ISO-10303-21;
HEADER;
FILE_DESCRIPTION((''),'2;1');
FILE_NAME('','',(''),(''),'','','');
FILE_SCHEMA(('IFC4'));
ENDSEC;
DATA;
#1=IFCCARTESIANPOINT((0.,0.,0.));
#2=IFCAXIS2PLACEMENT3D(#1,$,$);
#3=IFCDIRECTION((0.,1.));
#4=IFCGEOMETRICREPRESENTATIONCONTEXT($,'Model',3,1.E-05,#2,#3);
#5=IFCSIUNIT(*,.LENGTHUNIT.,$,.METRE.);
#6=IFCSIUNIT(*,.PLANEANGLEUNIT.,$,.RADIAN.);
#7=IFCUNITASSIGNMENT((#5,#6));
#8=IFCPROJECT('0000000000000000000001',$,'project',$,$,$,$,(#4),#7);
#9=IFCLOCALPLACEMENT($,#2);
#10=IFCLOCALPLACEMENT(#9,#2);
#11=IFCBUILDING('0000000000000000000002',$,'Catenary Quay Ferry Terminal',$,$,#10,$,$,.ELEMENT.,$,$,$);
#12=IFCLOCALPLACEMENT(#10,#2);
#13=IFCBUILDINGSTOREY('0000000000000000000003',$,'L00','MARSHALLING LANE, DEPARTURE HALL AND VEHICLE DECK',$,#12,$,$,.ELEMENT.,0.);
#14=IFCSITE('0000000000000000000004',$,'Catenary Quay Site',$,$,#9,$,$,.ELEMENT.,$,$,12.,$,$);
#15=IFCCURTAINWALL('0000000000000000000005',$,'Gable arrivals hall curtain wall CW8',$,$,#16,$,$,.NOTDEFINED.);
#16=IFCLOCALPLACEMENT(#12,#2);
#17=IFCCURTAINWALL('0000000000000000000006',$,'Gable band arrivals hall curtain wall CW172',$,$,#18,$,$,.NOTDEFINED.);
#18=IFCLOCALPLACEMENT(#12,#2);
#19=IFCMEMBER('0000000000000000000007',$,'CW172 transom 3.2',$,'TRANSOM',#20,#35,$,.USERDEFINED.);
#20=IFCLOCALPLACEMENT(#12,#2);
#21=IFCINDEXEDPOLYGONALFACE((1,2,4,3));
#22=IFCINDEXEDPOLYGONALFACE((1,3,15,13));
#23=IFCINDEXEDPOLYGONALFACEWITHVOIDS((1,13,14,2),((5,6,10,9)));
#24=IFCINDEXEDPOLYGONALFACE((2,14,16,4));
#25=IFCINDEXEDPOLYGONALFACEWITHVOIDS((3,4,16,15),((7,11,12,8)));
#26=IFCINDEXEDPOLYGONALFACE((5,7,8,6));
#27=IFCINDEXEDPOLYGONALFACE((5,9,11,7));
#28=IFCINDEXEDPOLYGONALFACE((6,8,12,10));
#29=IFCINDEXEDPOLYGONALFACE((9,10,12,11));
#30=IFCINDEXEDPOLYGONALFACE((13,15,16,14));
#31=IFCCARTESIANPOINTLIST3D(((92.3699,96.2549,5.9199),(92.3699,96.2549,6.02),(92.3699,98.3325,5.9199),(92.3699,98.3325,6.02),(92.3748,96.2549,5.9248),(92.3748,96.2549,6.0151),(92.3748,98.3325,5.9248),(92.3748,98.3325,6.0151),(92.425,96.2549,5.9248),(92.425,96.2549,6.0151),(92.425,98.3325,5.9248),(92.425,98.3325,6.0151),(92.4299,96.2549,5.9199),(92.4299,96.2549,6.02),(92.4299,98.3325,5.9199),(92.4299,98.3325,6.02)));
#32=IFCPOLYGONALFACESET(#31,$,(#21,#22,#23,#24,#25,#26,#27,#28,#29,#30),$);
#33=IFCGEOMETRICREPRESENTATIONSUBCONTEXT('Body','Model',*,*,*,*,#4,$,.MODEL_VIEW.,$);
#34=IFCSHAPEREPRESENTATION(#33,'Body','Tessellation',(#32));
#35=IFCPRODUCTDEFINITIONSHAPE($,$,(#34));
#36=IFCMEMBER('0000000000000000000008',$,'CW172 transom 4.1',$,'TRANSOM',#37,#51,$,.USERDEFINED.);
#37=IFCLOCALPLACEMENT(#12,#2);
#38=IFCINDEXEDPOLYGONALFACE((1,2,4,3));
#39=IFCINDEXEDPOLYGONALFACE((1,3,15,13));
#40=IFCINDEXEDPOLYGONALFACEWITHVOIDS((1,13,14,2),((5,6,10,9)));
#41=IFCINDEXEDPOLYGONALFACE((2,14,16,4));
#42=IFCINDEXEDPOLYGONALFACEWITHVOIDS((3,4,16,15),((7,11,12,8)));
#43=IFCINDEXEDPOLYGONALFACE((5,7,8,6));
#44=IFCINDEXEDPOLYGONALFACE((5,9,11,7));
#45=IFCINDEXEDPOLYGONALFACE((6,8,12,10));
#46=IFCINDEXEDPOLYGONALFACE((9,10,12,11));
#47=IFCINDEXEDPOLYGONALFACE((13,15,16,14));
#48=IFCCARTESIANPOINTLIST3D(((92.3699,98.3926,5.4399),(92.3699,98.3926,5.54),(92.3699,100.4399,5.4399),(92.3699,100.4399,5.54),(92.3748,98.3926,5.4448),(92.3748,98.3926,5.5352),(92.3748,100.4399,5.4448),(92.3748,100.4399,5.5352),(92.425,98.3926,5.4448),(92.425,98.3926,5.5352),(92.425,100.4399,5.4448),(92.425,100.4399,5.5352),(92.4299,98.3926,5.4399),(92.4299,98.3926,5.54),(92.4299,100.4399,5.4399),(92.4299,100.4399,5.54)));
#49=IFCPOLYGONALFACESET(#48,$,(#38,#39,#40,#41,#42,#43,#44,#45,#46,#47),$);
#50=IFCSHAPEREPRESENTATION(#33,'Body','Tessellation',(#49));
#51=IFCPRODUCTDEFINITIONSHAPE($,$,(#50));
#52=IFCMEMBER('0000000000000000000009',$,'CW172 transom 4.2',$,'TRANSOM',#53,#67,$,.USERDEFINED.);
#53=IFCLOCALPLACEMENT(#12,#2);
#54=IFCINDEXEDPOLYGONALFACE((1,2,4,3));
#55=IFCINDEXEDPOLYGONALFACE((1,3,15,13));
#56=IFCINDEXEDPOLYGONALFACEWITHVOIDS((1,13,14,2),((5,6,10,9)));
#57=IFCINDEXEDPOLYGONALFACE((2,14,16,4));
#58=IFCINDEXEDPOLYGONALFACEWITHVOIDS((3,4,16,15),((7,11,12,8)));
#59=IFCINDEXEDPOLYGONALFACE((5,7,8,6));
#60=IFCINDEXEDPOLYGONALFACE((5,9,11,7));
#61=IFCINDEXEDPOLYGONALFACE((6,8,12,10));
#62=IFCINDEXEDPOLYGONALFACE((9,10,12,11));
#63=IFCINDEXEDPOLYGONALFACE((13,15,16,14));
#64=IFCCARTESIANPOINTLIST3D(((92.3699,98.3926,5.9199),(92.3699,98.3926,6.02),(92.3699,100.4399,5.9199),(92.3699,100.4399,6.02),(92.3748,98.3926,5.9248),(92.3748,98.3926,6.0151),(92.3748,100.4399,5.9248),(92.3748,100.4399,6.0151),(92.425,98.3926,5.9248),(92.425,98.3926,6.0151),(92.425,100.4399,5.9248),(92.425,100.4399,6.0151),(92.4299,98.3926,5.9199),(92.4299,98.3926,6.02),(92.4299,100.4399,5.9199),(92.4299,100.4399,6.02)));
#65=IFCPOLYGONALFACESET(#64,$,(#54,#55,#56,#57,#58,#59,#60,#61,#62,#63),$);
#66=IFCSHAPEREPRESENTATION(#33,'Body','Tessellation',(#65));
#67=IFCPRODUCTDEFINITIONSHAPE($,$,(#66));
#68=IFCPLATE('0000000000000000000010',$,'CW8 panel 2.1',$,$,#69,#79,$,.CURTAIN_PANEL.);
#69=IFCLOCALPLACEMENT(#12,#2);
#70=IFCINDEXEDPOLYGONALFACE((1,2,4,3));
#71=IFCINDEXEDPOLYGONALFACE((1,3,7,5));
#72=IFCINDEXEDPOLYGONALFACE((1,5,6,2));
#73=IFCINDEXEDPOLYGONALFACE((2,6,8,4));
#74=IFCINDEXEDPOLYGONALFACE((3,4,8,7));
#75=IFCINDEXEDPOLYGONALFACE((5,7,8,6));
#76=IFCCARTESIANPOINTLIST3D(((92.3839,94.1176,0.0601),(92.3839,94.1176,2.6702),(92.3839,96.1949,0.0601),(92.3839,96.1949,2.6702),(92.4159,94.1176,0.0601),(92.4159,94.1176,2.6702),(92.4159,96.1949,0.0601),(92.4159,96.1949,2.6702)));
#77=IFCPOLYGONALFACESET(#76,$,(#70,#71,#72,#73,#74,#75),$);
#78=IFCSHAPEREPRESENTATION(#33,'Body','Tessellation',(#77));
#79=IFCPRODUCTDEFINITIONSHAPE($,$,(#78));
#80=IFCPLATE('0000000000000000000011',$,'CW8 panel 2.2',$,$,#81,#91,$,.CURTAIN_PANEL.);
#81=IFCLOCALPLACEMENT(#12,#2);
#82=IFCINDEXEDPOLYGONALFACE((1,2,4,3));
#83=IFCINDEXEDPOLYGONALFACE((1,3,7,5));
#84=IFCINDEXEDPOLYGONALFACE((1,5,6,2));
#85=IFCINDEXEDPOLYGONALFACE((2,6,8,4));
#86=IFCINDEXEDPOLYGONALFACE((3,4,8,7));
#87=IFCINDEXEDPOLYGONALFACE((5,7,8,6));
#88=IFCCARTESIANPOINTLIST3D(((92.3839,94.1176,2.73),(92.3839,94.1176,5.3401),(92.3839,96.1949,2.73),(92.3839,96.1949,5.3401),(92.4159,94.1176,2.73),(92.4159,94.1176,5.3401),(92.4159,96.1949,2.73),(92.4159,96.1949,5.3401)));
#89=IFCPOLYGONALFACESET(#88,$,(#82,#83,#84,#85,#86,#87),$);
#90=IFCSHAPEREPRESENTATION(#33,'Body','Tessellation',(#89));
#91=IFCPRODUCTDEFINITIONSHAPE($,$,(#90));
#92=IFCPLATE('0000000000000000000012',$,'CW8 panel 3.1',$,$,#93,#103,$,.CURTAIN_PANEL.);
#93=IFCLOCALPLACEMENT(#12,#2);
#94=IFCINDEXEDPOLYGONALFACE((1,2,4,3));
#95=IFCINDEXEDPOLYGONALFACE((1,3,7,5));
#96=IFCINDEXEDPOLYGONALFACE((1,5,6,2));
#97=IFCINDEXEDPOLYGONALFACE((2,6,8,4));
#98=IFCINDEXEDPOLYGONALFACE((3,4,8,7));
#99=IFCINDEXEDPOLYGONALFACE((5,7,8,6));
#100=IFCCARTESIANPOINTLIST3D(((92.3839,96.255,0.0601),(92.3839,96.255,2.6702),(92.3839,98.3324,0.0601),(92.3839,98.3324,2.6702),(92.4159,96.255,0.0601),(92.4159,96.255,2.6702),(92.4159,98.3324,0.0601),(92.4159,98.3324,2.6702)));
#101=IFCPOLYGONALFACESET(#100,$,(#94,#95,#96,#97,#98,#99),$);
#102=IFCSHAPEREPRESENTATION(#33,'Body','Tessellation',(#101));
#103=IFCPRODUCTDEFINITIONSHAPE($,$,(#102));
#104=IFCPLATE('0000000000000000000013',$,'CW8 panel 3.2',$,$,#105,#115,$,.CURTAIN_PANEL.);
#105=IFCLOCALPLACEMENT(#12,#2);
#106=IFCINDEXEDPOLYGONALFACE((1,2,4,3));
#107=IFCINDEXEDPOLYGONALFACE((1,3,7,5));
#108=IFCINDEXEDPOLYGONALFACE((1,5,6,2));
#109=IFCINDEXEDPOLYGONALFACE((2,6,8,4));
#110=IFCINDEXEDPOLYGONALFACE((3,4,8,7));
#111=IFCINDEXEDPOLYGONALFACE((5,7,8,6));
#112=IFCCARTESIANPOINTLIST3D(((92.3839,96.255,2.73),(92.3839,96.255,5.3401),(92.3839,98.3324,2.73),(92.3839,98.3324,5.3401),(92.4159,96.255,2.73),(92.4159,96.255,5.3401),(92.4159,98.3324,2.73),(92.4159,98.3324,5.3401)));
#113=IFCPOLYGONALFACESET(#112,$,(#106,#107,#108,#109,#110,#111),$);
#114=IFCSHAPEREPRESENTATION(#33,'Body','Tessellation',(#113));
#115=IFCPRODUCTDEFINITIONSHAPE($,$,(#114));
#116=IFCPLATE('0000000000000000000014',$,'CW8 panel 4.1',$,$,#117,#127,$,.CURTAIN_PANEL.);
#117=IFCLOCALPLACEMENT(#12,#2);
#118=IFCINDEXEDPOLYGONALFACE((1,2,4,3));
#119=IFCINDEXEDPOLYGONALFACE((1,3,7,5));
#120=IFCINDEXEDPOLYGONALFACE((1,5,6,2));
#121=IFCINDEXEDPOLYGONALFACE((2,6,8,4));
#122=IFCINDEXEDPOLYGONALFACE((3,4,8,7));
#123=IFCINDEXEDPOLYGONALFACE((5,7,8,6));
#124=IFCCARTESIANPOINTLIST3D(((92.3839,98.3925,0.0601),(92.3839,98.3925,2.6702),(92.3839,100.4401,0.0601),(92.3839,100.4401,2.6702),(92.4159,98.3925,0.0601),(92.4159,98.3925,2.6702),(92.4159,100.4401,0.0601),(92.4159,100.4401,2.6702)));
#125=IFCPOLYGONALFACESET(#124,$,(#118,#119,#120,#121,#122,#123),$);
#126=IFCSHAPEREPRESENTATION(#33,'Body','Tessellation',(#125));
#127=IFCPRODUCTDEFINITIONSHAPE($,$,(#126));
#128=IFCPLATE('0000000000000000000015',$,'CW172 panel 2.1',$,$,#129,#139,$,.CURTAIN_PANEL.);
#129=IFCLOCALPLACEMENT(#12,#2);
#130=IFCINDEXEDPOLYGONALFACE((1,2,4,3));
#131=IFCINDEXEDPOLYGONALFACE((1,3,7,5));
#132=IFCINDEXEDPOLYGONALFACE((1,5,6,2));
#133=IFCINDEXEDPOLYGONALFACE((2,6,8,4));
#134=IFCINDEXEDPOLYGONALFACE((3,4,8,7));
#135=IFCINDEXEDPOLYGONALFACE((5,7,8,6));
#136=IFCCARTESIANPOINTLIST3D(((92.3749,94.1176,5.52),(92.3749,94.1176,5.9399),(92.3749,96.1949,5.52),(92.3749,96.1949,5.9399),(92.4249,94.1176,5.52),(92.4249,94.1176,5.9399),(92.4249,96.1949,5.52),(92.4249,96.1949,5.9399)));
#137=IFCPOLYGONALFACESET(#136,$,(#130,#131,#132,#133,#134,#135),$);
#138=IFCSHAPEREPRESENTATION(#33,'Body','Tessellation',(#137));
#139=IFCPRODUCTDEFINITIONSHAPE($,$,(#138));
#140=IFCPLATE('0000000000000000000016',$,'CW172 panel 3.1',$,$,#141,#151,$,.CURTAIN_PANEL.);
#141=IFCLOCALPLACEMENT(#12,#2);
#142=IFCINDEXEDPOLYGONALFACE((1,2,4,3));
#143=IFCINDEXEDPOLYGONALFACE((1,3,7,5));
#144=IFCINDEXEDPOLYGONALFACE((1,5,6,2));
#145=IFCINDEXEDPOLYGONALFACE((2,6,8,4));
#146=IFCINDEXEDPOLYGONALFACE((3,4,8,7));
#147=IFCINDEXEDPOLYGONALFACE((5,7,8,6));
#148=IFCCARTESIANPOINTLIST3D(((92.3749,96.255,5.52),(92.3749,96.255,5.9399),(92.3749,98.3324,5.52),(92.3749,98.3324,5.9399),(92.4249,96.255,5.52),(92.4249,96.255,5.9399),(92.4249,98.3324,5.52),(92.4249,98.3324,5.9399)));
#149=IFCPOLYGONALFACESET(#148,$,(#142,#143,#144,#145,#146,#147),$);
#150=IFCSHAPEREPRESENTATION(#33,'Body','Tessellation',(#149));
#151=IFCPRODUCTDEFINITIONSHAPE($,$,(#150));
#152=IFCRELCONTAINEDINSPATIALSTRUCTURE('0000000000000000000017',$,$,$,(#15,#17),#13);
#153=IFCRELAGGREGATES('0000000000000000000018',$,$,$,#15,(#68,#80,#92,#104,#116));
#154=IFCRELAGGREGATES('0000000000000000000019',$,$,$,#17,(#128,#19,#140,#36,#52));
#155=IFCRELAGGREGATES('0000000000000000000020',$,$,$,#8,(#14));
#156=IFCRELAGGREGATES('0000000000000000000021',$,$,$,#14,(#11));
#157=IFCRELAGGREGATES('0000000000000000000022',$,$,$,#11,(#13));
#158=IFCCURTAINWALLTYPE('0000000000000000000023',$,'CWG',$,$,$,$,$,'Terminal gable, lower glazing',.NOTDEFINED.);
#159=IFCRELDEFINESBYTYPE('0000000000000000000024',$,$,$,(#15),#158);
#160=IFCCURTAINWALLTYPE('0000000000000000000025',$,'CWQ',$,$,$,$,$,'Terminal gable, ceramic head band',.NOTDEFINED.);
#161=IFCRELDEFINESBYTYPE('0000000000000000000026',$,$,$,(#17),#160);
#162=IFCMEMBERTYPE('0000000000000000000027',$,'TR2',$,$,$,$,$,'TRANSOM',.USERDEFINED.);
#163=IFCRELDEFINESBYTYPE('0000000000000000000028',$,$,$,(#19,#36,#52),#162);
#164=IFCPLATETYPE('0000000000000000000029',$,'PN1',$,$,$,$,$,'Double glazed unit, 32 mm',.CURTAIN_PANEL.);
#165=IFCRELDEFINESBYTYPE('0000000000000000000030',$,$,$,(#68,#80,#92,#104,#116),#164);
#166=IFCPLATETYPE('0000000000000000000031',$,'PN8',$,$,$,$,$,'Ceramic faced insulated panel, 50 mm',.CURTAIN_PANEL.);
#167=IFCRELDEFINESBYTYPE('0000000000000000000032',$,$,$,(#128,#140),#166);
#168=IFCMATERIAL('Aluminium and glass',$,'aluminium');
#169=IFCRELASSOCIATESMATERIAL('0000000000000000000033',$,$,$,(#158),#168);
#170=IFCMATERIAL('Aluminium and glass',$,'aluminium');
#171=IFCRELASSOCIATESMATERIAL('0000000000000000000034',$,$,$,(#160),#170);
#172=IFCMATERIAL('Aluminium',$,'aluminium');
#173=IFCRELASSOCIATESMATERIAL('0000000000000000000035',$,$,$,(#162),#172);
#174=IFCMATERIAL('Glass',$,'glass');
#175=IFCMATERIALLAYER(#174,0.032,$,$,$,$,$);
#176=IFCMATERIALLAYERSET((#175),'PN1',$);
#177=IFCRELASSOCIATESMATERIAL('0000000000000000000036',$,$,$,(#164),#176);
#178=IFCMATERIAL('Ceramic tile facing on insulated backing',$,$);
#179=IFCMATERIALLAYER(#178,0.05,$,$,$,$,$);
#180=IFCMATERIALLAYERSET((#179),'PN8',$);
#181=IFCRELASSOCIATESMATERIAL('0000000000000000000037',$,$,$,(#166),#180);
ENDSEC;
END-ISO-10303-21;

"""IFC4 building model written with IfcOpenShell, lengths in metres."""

from ifc_helpers import new_model, si_unit, direction, frame, origin, origin_2d, place, context, subcontext, project, spatial, rectangle, hollow_rectangle, extrude, material, layer, layer_set, material_profile, profile_set, type_object, element, aggregate, save


model = new_model("IFC4")

# Units and contexts
model_context = context("Model", 3, precision=1e-05, world=origin(), true_north=direction((0.0, 1.0)))
body_context = subcontext(model_context, "Body", "Model", "MODEL_VIEW")
ifc_project = project(units=[si_unit("LENGTHUNIT", "METRE"), si_unit("PLANEANGLEUNIT", "RADIAN")], contexts=[model_context])

# Site, building, storey
site_placement = place(None, origin())
site = spatial("IfcSite", under=ifc_project, at=site_placement, Name="Catenary Quay Site", CompositionType="ELEMENT", RefElevation=12.0)
building_placement = place(site_placement, origin())
building = spatial("IfcBuilding", under=site, at=building_placement, Name="Catenary Quay Ferry Terminal", CompositionType="ELEMENT")
storey_placement = place(building_placement, origin())
storey = spatial("IfcBuildingStorey", under=building, at=storey_placement, Name="L00", Description="MARSHALLING LANE, DEPARTURE HALL AND VEHICLE DECK", CompositionType="ELEMENT", Elevation=0.0)

# Curtain walls
ifc_material_1 = material(Name="Aluminium and glass", Category="aluminium")
curtain_wall_type_1 = type_object("IfcCurtainWallType", Name="CWG", ElementType="Terminal gable, lower glazing", PredefinedType="NOTDEFINED", material=ifc_material_1)
curtain_wall_1_placement = place(storey_placement, origin())
curtain_wall_1 = element("IfcCurtainWall", 1, at=curtain_wall_1_placement, inside=storey, type_object=curtain_wall_type_1, Name="Gable arrivals hall curtain wall CW8", PredefinedType="NOTDEFINED")
ifc_material_2 = material(Name="Aluminium and glass", Category="aluminium")
curtain_wall_type_2 = type_object("IfcCurtainWallType", Name="CWQ", ElementType="Terminal gable, ceramic head band", PredefinedType="NOTDEFINED", material=ifc_material_2)
curtain_wall_2_placement = place(storey_placement, origin())
curtain_wall_2 = element("IfcCurtainWall", 2, at=curtain_wall_2_placement, inside=storey, type_object=curtain_wall_type_2, Name="Gable band arrivals hall curtain wall CW172", PredefinedType="NOTDEFINED")

# Members
ifc_material_3 = material(Name="Aluminium", Category="aluminium")
ifc_material_profile_1 = material_profile(ifc_material_3, hollow_rectangle(XDim=0.0601, YDim=0.1001, WallThickness=0.0049, at=origin_2d()), Name="TR2")
ifc_profile_set_1 = profile_set([ifc_material_profile_1], Name="Aluminium")
member_type_1 = type_object("IfcMemberType", Name="TR2", ElementType="TRANSOM", PredefinedType="USERDEFINED", material=ifc_profile_set_1)
member_1_placement = place(storey_placement, frame((92.3999, 96.2549, 5.97), z_axis=(0.0, 1.0, 0.0), x_axis=(-1.0, 0.0, 0.0)))
member_1 = element("IfcMember", 3, at=member_1_placement, type_object=member_type_1, Name="CW172 transom 3.2", ObjectType="TRANSOM", PredefinedType="USERDEFINED", context=body_context, shape_type="SweptSolid", body=[
    extrude(hollow_rectangle(XDim=0.0601, YDim=0.1001, WallThickness=0.0049, at=origin_2d()), origin(), (0.0, 0.0, 1.0), 2.0776),
])
member_2_placement = place(storey_placement, frame((92.3999, 98.3926, 5.49), z_axis=(0.0, 1.0, 0.0), x_axis=(-1.0, 0.0, 0.0)))
member_2 = element("IfcMember", 4, at=member_2_placement, type_object=member_type_1, Name="CW172 transom 4.1", ObjectType="TRANSOM", PredefinedType="USERDEFINED", context=body_context, shape_type="SweptSolid", body=[
    extrude(hollow_rectangle(XDim=0.0601, YDim=0.1001, WallThickness=0.0049, at=origin_2d()), origin(), (0.0, 0.0, 1.0), 2.0474),
])
member_3_placement = place(storey_placement, frame((92.3999, 98.3926, 5.97), z_axis=(0.0, 1.0, 0.0), x_axis=(-1.0, 0.0, 0.0)))
member_3 = element("IfcMember", 5, at=member_3_placement, type_object=member_type_1, Name="CW172 transom 4.2", ObjectType="TRANSOM", PredefinedType="USERDEFINED", context=body_context, shape_type="SweptSolid", body=[
    extrude(hollow_rectangle(XDim=0.0601, YDim=0.1001, WallThickness=0.0049, at=origin_2d()), origin(), (0.0, 0.0, 1.0), 2.0474),
])

# Plates
ifc_material_4 = material(Name="Glass", Category="glass")
ifc_layer_1 = layer(ifc_material_4, 0.032)
ifc_layer_set_1 = layer_set([ifc_layer_1], Name="PN1")
plate_type_1 = type_object("IfcPlateType", Name="PN1", ElementType="Double glazed unit, 32 mm", PredefinedType="CURTAIN_PANEL", material=ifc_layer_set_1)
plate_1_placement = place(storey_placement, frame((92.3999, 95.1562, 0.0601), z_axis=(0.0, 0.0, 1.0), x_axis=(0.0, 1.0, 0.0)))
plate_1 = element("IfcPlate", 6, at=plate_1_placement, type_object=plate_type_1, Name="CW8 panel 2.1", PredefinedType="CURTAIN_PANEL", context=body_context, shape_type="SweptSolid", body=[
    extrude(rectangle(XDim=2.0774, YDim=0.032, at=origin_2d()), origin(), (0.0, 0.0, 1.0), 2.6101),
])
plate_2_placement = place(storey_placement, frame((92.3999, 95.1562, 2.73), z_axis=(0.0, 0.0, 1.0), x_axis=(0.0, 1.0, 0.0)))
plate_2 = element("IfcPlate", 7, at=plate_2_placement, type_object=plate_type_1, Name="CW8 panel 2.2", PredefinedType="CURTAIN_PANEL", context=body_context, shape_type="SweptSolid", body=[
    extrude(rectangle(XDim=2.0774, YDim=0.032, at=origin_2d()), origin(), (0.0, 0.0, 1.0), 2.6101),
])
plate_3_placement = place(storey_placement, frame((92.3999, 97.2937, 0.0601), z_axis=(0.0, 0.0, 1.0), x_axis=(0.0, 1.0, 0.0)))
plate_3 = element("IfcPlate", 8, at=plate_3_placement, type_object=plate_type_1, Name="CW8 panel 3.1", PredefinedType="CURTAIN_PANEL", context=body_context, shape_type="SweptSolid", body=[
    extrude(rectangle(XDim=2.0774, YDim=0.032, at=origin_2d()), origin(), (0.0, 0.0, 1.0), 2.6101),
])
plate_4_placement = place(storey_placement, frame((92.3999, 97.2937, 2.73), z_axis=(0.0, 0.0, 1.0), x_axis=(0.0, 1.0, 0.0)))
plate_4 = element("IfcPlate", 9, at=plate_4_placement, type_object=plate_type_1, Name="CW8 panel 3.2", PredefinedType="CURTAIN_PANEL", context=body_context, shape_type="SweptSolid", body=[
    extrude(rectangle(XDim=2.0774, YDim=0.032, at=origin_2d()), origin(), (0.0, 0.0, 1.0), 2.6101),
])
plate_5_placement = place(storey_placement, frame((92.3999, 99.4163, 0.0601), z_axis=(0.0, 0.0, 1.0), x_axis=(0.0, 1.0, 0.0)))
plate_5 = element("IfcPlate", 10, at=plate_5_placement, type_object=plate_type_1, Name="CW8 panel 4.1", PredefinedType="CURTAIN_PANEL", context=body_context, shape_type="SweptSolid", body=[
    extrude(rectangle(XDim=2.0476, YDim=0.032, at=origin_2d()), origin(), (0.0, 0.0, 1.0), 2.6101),
])
aggregate(curtain_wall_1, [plate_1, plate_2, plate_3, plate_4, plate_5])
ifc_material_5 = material(Name="Ceramic tile facing on insulated backing")
ifc_layer_2 = layer(ifc_material_5, 0.05)
ifc_layer_set_2 = layer_set([ifc_layer_2], Name="PN8")
plate_type_2 = type_object("IfcPlateType", Name="PN8", ElementType="Ceramic faced insulated panel, 50 mm", PredefinedType="CURTAIN_PANEL", material=ifc_layer_set_2)
plate_6_placement = place(storey_placement, frame((92.3999, 95.1562, 5.52), z_axis=(0.0, 0.0, 1.0), x_axis=(0.0, 1.0, 0.0)))
plate_6 = element("IfcPlate", 11, at=plate_6_placement, type_object=plate_type_2, Name="CW172 panel 2.1", PredefinedType="CURTAIN_PANEL", context=body_context, shape_type="SweptSolid", body=[
    extrude(rectangle(XDim=2.0774, YDim=0.05, at=origin_2d()), origin(), (0.0, 0.0, 1.0), 0.4199),
])
plate_7_placement = place(storey_placement, frame((92.3999, 97.2937, 5.52), z_axis=(0.0, 0.0, 1.0), x_axis=(0.0, 1.0, 0.0)))
plate_7 = element("IfcPlate", 12, at=plate_7_placement, type_object=plate_type_2, Name="CW172 panel 3.1", PredefinedType="CURTAIN_PANEL", context=body_context, shape_type="SweptSolid", body=[
    extrude(rectangle(XDim=2.0774, YDim=0.05, at=origin_2d()), origin(), (0.0, 0.0, 1.0), 0.4199),
])
aggregate(curtain_wall_2, [plate_6, member_1, plate_7, member_2, member_3])

save(model, "model.ifc")
